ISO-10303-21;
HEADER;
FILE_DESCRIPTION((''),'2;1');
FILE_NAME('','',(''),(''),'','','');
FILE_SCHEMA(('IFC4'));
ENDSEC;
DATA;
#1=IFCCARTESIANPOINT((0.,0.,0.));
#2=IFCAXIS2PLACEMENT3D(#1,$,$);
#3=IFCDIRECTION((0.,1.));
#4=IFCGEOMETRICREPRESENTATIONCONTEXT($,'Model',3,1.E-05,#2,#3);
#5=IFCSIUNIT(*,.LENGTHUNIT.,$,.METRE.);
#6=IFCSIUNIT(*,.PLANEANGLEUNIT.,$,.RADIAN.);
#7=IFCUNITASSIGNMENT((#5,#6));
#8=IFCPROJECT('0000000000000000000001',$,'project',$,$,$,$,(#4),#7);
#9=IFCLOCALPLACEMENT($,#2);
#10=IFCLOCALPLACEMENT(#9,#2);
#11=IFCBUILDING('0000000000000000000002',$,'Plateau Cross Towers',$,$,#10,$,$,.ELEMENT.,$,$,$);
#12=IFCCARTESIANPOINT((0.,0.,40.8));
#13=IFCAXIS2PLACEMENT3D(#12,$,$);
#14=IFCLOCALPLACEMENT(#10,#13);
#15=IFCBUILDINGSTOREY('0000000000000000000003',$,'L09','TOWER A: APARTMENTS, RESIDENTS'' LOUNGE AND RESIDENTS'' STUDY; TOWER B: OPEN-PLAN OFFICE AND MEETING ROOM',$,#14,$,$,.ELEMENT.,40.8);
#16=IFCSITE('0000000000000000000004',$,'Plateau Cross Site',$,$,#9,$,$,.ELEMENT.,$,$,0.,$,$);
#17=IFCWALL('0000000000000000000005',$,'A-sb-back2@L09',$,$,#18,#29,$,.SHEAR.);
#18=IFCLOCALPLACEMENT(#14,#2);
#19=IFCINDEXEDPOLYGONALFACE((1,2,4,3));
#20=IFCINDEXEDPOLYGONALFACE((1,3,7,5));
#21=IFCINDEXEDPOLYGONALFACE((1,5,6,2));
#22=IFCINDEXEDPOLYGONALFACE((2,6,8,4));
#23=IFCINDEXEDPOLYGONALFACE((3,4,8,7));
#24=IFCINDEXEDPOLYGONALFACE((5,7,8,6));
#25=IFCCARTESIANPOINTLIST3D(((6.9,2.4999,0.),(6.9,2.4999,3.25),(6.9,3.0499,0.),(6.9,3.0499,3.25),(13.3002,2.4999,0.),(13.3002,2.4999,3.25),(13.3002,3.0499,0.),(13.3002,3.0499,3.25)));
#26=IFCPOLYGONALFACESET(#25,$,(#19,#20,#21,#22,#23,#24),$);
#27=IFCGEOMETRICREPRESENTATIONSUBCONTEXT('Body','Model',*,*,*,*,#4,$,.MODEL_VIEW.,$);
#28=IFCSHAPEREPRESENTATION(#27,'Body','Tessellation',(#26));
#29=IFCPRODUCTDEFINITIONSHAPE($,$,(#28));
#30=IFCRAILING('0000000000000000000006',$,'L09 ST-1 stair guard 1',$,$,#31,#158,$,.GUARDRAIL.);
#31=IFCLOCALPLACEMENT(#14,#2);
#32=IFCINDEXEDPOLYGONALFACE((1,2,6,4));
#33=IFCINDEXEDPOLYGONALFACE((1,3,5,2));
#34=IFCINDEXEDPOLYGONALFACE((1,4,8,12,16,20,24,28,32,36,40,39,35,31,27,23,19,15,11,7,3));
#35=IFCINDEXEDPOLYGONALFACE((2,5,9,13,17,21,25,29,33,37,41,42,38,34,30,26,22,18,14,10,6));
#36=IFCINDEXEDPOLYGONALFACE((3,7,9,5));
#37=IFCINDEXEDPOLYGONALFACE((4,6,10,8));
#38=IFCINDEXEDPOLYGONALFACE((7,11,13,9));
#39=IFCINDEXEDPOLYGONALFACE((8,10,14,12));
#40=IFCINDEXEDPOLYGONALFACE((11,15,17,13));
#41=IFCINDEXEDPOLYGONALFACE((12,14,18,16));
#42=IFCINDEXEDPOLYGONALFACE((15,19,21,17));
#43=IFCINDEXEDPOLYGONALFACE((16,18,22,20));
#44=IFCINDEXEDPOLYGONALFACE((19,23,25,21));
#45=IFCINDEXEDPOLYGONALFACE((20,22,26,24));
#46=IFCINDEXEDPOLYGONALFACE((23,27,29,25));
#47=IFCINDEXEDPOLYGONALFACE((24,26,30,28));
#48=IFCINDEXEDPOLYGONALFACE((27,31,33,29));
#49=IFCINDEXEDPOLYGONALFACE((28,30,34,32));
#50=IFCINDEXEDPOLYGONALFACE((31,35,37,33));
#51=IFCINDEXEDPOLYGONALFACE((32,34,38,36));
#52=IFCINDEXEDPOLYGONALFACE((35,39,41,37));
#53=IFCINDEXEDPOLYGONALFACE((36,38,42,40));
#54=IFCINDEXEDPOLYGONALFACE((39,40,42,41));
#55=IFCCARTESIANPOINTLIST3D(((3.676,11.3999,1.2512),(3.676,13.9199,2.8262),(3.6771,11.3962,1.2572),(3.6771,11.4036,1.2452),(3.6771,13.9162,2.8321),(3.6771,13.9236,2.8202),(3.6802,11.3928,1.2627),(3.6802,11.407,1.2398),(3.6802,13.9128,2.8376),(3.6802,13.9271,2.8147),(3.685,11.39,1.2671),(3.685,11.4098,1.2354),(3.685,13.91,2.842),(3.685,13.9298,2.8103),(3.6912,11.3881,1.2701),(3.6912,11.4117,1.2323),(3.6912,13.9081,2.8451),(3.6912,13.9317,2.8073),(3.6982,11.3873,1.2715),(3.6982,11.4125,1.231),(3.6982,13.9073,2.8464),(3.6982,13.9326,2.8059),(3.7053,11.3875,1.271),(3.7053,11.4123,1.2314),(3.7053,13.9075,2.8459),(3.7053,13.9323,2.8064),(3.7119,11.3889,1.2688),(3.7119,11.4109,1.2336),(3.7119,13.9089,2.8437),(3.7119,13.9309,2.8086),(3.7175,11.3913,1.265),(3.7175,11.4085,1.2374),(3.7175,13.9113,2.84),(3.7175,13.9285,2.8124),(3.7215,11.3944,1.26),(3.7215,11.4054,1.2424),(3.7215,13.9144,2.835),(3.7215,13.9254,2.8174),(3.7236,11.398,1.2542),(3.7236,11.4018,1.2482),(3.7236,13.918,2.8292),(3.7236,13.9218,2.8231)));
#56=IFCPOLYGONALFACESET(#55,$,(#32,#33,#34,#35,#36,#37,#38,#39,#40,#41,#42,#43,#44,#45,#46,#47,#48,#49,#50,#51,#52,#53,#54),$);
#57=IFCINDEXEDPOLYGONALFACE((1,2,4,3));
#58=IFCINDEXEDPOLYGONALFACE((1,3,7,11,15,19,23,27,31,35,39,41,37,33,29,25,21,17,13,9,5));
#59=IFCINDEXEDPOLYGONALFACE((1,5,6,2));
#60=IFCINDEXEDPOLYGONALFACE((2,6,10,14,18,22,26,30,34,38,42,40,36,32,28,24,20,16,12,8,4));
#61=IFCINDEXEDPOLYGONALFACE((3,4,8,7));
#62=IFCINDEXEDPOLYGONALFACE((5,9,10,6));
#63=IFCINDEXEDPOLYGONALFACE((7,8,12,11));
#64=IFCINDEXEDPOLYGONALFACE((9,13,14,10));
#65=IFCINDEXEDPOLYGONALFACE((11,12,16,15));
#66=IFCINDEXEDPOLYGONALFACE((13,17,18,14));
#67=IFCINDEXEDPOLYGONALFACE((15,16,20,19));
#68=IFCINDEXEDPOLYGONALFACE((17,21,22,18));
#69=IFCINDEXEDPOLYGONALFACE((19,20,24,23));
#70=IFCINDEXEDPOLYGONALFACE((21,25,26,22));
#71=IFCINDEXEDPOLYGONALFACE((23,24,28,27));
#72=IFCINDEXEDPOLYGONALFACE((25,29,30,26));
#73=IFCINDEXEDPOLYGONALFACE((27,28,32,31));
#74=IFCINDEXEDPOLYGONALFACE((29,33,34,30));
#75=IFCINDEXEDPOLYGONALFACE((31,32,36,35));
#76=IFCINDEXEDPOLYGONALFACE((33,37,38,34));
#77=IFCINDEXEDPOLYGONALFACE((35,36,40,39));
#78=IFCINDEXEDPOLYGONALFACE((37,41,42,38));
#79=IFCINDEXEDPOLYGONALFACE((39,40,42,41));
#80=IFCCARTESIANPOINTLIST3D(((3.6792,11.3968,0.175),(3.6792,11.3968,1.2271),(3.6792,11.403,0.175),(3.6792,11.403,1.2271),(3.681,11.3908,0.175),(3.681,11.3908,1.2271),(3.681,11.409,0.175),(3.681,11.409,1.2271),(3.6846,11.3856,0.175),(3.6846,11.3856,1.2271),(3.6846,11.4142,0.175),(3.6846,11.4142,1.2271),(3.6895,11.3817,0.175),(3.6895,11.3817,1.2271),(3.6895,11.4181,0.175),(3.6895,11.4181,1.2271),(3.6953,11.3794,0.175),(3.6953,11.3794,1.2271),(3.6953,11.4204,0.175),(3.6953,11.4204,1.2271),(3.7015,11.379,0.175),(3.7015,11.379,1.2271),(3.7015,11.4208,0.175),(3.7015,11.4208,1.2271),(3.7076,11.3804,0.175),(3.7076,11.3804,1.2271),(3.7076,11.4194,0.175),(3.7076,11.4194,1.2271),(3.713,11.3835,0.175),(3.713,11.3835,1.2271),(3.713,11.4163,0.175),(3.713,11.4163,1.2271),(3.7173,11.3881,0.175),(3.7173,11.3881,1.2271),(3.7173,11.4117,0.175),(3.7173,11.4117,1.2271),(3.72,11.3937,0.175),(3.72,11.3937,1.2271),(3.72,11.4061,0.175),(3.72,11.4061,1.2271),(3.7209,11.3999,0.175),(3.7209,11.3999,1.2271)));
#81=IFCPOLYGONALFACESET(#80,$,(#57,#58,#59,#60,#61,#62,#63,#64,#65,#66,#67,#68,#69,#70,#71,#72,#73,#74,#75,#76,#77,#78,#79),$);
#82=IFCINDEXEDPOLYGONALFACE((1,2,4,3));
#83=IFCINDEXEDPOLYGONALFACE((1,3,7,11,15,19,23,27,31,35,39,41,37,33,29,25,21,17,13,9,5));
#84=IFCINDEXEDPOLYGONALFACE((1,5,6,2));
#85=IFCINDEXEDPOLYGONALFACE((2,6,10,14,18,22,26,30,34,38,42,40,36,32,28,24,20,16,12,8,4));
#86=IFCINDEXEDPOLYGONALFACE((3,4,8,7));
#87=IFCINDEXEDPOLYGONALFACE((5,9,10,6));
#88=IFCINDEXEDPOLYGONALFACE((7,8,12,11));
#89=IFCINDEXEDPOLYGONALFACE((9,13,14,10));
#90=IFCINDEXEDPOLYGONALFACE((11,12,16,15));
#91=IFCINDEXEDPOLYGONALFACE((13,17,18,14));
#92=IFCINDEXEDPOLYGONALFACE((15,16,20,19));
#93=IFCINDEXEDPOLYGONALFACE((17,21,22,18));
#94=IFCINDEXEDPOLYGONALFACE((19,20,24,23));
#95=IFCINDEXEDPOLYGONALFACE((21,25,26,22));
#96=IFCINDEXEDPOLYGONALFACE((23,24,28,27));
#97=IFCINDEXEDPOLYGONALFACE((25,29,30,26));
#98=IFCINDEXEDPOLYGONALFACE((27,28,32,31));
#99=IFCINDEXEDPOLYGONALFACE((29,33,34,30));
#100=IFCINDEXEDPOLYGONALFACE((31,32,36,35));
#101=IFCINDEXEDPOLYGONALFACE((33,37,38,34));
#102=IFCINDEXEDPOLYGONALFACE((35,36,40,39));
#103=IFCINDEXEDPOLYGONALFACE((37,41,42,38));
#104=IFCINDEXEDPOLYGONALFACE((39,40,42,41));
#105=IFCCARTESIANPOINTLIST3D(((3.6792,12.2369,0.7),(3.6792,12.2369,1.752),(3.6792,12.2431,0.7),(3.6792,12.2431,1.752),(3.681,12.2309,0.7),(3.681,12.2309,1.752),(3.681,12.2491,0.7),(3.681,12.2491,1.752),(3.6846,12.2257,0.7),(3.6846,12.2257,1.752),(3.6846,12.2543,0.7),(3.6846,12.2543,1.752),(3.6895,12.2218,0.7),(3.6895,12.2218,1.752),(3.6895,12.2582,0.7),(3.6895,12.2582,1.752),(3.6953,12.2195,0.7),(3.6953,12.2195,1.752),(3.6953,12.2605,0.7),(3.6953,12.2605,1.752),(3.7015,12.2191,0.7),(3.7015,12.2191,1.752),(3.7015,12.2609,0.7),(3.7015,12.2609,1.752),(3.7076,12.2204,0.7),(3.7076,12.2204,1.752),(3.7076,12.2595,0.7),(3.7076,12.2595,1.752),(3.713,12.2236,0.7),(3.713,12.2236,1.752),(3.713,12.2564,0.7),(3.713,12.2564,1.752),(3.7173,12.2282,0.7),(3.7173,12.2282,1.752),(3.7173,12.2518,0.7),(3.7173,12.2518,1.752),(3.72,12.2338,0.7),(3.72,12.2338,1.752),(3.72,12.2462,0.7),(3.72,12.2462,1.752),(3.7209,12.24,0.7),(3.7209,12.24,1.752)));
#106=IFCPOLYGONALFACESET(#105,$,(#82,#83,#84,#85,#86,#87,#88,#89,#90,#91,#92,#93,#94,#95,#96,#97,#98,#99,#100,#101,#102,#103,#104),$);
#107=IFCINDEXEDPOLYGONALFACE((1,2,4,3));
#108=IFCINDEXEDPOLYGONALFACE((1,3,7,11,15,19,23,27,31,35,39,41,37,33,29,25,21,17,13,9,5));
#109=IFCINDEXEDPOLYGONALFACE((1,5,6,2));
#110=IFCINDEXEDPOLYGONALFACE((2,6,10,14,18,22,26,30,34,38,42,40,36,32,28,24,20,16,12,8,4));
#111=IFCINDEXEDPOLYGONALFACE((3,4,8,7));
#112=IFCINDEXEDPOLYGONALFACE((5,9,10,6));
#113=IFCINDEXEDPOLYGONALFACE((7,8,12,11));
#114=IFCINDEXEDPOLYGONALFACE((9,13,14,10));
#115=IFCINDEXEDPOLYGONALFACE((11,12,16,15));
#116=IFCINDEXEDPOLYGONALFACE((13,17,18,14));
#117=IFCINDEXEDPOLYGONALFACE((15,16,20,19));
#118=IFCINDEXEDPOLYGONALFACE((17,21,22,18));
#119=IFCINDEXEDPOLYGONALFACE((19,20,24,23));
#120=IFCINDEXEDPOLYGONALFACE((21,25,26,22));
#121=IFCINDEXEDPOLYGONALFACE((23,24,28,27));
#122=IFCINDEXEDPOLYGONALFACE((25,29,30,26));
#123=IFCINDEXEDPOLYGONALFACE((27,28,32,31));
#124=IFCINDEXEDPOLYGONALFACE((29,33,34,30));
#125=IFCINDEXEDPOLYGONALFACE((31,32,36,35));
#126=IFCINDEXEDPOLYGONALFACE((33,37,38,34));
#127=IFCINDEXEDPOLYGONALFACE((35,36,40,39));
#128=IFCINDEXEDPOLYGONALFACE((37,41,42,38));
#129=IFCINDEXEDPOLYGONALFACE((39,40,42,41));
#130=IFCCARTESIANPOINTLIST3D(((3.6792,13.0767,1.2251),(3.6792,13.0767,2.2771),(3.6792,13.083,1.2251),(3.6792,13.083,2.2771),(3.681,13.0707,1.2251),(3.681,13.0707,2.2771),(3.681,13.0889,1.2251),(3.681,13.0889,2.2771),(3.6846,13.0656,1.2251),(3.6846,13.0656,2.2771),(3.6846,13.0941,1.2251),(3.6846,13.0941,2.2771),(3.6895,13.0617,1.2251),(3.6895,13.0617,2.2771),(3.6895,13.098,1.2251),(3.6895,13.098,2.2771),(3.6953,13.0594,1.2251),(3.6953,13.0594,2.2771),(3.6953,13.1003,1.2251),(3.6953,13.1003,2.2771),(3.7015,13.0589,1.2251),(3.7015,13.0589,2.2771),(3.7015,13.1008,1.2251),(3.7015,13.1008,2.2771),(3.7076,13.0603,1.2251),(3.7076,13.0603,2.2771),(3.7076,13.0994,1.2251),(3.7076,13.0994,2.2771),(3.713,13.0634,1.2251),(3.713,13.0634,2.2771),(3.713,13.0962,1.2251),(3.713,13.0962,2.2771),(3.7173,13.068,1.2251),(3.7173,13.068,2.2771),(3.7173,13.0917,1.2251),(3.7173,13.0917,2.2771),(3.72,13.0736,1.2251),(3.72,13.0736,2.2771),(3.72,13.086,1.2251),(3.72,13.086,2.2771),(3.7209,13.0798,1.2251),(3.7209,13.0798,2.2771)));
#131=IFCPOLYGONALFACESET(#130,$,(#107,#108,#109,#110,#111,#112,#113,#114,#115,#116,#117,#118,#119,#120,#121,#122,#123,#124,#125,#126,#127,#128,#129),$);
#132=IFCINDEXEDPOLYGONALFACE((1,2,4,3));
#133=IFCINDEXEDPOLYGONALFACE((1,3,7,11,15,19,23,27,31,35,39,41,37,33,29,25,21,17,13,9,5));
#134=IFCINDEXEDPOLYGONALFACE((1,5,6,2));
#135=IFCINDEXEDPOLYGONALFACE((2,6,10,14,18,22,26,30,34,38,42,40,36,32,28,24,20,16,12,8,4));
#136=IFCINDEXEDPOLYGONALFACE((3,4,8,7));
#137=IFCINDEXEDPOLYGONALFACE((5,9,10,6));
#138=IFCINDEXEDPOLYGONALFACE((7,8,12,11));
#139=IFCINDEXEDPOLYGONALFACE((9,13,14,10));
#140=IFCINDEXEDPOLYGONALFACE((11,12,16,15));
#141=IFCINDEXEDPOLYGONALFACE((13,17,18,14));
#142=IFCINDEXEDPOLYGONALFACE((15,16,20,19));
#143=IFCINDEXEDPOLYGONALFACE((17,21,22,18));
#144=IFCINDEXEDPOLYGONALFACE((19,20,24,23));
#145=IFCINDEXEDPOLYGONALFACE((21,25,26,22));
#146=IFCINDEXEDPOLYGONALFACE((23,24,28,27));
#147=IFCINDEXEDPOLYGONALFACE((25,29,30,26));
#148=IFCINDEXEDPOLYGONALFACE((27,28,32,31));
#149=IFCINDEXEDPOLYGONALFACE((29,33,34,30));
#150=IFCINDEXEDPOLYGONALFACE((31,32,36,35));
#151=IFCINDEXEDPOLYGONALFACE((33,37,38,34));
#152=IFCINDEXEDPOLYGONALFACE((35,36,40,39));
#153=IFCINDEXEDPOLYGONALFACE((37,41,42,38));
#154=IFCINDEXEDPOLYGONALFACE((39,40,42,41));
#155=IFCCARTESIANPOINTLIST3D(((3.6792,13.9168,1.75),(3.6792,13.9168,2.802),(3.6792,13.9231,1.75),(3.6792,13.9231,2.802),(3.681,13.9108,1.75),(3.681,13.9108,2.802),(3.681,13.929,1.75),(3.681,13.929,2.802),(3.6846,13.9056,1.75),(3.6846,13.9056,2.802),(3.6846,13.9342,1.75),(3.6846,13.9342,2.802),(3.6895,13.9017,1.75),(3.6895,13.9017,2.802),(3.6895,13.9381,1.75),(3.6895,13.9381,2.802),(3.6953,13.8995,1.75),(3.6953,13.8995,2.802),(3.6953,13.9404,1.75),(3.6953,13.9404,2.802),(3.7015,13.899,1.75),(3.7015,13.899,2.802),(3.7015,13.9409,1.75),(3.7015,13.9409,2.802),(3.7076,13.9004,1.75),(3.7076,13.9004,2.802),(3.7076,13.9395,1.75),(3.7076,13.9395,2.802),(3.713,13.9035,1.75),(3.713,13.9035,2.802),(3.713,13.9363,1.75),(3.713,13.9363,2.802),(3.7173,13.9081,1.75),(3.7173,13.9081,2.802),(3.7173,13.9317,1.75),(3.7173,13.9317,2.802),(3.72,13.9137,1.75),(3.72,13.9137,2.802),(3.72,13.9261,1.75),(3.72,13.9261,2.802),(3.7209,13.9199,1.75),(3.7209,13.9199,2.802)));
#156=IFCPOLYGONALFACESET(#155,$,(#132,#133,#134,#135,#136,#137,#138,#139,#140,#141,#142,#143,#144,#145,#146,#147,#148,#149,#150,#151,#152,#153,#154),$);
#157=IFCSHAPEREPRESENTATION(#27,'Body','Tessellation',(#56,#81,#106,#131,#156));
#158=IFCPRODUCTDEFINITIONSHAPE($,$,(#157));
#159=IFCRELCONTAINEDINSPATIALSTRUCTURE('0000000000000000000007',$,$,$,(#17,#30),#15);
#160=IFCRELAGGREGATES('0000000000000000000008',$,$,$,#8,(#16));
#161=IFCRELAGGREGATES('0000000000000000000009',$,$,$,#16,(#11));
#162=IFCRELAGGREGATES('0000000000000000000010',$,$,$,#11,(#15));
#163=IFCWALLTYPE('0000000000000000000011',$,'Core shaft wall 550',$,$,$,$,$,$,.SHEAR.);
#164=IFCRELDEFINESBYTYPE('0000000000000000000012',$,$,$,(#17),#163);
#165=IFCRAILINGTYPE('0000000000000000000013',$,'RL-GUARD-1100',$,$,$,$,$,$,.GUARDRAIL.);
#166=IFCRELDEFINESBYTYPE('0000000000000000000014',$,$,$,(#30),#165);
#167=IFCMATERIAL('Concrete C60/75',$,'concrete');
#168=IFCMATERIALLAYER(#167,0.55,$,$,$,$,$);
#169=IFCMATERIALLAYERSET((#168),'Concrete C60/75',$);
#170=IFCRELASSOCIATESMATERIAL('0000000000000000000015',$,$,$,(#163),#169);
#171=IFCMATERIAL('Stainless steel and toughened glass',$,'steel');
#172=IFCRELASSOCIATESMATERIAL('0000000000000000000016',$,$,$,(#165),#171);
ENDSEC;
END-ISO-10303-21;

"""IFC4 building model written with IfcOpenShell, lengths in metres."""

from ifc_helpers import new_model, si_unit, direction, frame, frame_2d, origin, origin_2d, place, context, subcontext, project, spatial, rectangle, circle, extrude, material, layer, layer_set, type_object, element, save


model = new_model("IFC4")

# Units and contexts
model_context = context("Model", 3, precision=1e-05, world=origin(), true_north=direction((0.0, 1.0)))
body_context = subcontext(model_context, "Body", "Model", "MODEL_VIEW")
ifc_project = project(units=[si_unit("LENGTHUNIT", "METRE"), si_unit("PLANEANGLEUNIT", "RADIAN")], contexts=[model_context])

# Site, building, storey
site_placement = place(None, origin())
site = spatial("IfcSite", under=ifc_project, at=site_placement, Name="Plateau Cross Site", CompositionType="ELEMENT", RefElevation=0.0)
building_placement = place(site_placement, origin())
building = spatial("IfcBuilding", under=site, at=building_placement, Name="Plateau Cross Towers", CompositionType="ELEMENT")
storey_placement = place(building_placement, frame((0.0, 0.0, 40.8)))
storey = spatial("IfcBuildingStorey", under=building, at=storey_placement, Name="L09", Description="TOWER A: APARTMENTS, RESIDENTS' LOUNGE AND RESIDENTS' STUDY; TOWER B: OPEN-PLAN OFFICE AND MEETING ROOM", CompositionType="ELEMENT", Elevation=40.8)

# Shared definitions
ifc_material_1 = material(Name="Concrete C60/75", Category="concrete")

# Wall
ifc_layer_1 = layer(ifc_material_1, 0.55)
ifc_layer_set_1 = layer_set([ifc_layer_1], Name="Concrete C60/75")
wall_type_1 = type_object("IfcWallType", Name="Core shaft wall 550", PredefinedType="SHEAR", material=ifc_layer_set_1)
wall_1_placement = place(storey_placement, frame((6.8999, 2.7749, 0.0), z_axis=(0.0, 0.0, 1.0), x_axis=(1.0, 0.0, 0.0)))
element("IfcWall", 1, at=wall_1_placement, inside=storey, type_object=wall_type_1, Name="A-sb-back2@L09", PredefinedType="SHEAR", context=body_context, shape_type="SweptSolid", body=[
    extrude(rectangle(XDim=6.4001, YDim=0.55, at=frame_2d((3.2002, 0.0))), origin(), (0.0, 0.0, 1.0), 3.25),
])

# Railing
ifc_material_2 = material(Name="Stainless steel and toughened glass", Category="steel")
railing_type = type_object("IfcRailingType", Name="RL-GUARD-1100", PredefinedType="GUARDRAIL", material=ifc_material_2)
railing_1_placement = place(storey_placement, frame((3.7, 11.3999, 0.175)))
element("IfcRailing", 2, at=railing_1_placement, inside=storey, type_object=railing_type, Name="L09 ST-1 stair guard 1", PredefinedType="GUARDRAIL", context=body_context, shape_type="SweptSolid", body=[
    extrude(circle(Radius=0.0239, at=origin_2d()), frame((0.0, 0.0, 1.0762), z_axis=(0.0, 0.848008, 0.529984), x_axis=(-1.0, 0.0, 0.0)), (0.0, 0.0, 1.0), 2.9717),
    extrude(circle(Radius=0.021, at=origin_2d()), origin(), (0.0, 0.0, 1.0), 1.052),
    extrude(circle(Radius=0.021, at=origin_2d()), frame((0.0, 0.8401, 0.5249)), (0.0, 0.0, 1.0), 1.052),
    extrude(circle(Radius=0.021, at=origin_2d()), frame((0.0, 1.6799, 1.05)), (0.0, 0.0, 1.0), 1.052),
    extrude(circle(Radius=0.021, at=origin_2d()), frame((0.0, 2.52, 1.575)), (0.0, 0.0, 1.0), 1.052),
])

save(model, "model.ifc")
